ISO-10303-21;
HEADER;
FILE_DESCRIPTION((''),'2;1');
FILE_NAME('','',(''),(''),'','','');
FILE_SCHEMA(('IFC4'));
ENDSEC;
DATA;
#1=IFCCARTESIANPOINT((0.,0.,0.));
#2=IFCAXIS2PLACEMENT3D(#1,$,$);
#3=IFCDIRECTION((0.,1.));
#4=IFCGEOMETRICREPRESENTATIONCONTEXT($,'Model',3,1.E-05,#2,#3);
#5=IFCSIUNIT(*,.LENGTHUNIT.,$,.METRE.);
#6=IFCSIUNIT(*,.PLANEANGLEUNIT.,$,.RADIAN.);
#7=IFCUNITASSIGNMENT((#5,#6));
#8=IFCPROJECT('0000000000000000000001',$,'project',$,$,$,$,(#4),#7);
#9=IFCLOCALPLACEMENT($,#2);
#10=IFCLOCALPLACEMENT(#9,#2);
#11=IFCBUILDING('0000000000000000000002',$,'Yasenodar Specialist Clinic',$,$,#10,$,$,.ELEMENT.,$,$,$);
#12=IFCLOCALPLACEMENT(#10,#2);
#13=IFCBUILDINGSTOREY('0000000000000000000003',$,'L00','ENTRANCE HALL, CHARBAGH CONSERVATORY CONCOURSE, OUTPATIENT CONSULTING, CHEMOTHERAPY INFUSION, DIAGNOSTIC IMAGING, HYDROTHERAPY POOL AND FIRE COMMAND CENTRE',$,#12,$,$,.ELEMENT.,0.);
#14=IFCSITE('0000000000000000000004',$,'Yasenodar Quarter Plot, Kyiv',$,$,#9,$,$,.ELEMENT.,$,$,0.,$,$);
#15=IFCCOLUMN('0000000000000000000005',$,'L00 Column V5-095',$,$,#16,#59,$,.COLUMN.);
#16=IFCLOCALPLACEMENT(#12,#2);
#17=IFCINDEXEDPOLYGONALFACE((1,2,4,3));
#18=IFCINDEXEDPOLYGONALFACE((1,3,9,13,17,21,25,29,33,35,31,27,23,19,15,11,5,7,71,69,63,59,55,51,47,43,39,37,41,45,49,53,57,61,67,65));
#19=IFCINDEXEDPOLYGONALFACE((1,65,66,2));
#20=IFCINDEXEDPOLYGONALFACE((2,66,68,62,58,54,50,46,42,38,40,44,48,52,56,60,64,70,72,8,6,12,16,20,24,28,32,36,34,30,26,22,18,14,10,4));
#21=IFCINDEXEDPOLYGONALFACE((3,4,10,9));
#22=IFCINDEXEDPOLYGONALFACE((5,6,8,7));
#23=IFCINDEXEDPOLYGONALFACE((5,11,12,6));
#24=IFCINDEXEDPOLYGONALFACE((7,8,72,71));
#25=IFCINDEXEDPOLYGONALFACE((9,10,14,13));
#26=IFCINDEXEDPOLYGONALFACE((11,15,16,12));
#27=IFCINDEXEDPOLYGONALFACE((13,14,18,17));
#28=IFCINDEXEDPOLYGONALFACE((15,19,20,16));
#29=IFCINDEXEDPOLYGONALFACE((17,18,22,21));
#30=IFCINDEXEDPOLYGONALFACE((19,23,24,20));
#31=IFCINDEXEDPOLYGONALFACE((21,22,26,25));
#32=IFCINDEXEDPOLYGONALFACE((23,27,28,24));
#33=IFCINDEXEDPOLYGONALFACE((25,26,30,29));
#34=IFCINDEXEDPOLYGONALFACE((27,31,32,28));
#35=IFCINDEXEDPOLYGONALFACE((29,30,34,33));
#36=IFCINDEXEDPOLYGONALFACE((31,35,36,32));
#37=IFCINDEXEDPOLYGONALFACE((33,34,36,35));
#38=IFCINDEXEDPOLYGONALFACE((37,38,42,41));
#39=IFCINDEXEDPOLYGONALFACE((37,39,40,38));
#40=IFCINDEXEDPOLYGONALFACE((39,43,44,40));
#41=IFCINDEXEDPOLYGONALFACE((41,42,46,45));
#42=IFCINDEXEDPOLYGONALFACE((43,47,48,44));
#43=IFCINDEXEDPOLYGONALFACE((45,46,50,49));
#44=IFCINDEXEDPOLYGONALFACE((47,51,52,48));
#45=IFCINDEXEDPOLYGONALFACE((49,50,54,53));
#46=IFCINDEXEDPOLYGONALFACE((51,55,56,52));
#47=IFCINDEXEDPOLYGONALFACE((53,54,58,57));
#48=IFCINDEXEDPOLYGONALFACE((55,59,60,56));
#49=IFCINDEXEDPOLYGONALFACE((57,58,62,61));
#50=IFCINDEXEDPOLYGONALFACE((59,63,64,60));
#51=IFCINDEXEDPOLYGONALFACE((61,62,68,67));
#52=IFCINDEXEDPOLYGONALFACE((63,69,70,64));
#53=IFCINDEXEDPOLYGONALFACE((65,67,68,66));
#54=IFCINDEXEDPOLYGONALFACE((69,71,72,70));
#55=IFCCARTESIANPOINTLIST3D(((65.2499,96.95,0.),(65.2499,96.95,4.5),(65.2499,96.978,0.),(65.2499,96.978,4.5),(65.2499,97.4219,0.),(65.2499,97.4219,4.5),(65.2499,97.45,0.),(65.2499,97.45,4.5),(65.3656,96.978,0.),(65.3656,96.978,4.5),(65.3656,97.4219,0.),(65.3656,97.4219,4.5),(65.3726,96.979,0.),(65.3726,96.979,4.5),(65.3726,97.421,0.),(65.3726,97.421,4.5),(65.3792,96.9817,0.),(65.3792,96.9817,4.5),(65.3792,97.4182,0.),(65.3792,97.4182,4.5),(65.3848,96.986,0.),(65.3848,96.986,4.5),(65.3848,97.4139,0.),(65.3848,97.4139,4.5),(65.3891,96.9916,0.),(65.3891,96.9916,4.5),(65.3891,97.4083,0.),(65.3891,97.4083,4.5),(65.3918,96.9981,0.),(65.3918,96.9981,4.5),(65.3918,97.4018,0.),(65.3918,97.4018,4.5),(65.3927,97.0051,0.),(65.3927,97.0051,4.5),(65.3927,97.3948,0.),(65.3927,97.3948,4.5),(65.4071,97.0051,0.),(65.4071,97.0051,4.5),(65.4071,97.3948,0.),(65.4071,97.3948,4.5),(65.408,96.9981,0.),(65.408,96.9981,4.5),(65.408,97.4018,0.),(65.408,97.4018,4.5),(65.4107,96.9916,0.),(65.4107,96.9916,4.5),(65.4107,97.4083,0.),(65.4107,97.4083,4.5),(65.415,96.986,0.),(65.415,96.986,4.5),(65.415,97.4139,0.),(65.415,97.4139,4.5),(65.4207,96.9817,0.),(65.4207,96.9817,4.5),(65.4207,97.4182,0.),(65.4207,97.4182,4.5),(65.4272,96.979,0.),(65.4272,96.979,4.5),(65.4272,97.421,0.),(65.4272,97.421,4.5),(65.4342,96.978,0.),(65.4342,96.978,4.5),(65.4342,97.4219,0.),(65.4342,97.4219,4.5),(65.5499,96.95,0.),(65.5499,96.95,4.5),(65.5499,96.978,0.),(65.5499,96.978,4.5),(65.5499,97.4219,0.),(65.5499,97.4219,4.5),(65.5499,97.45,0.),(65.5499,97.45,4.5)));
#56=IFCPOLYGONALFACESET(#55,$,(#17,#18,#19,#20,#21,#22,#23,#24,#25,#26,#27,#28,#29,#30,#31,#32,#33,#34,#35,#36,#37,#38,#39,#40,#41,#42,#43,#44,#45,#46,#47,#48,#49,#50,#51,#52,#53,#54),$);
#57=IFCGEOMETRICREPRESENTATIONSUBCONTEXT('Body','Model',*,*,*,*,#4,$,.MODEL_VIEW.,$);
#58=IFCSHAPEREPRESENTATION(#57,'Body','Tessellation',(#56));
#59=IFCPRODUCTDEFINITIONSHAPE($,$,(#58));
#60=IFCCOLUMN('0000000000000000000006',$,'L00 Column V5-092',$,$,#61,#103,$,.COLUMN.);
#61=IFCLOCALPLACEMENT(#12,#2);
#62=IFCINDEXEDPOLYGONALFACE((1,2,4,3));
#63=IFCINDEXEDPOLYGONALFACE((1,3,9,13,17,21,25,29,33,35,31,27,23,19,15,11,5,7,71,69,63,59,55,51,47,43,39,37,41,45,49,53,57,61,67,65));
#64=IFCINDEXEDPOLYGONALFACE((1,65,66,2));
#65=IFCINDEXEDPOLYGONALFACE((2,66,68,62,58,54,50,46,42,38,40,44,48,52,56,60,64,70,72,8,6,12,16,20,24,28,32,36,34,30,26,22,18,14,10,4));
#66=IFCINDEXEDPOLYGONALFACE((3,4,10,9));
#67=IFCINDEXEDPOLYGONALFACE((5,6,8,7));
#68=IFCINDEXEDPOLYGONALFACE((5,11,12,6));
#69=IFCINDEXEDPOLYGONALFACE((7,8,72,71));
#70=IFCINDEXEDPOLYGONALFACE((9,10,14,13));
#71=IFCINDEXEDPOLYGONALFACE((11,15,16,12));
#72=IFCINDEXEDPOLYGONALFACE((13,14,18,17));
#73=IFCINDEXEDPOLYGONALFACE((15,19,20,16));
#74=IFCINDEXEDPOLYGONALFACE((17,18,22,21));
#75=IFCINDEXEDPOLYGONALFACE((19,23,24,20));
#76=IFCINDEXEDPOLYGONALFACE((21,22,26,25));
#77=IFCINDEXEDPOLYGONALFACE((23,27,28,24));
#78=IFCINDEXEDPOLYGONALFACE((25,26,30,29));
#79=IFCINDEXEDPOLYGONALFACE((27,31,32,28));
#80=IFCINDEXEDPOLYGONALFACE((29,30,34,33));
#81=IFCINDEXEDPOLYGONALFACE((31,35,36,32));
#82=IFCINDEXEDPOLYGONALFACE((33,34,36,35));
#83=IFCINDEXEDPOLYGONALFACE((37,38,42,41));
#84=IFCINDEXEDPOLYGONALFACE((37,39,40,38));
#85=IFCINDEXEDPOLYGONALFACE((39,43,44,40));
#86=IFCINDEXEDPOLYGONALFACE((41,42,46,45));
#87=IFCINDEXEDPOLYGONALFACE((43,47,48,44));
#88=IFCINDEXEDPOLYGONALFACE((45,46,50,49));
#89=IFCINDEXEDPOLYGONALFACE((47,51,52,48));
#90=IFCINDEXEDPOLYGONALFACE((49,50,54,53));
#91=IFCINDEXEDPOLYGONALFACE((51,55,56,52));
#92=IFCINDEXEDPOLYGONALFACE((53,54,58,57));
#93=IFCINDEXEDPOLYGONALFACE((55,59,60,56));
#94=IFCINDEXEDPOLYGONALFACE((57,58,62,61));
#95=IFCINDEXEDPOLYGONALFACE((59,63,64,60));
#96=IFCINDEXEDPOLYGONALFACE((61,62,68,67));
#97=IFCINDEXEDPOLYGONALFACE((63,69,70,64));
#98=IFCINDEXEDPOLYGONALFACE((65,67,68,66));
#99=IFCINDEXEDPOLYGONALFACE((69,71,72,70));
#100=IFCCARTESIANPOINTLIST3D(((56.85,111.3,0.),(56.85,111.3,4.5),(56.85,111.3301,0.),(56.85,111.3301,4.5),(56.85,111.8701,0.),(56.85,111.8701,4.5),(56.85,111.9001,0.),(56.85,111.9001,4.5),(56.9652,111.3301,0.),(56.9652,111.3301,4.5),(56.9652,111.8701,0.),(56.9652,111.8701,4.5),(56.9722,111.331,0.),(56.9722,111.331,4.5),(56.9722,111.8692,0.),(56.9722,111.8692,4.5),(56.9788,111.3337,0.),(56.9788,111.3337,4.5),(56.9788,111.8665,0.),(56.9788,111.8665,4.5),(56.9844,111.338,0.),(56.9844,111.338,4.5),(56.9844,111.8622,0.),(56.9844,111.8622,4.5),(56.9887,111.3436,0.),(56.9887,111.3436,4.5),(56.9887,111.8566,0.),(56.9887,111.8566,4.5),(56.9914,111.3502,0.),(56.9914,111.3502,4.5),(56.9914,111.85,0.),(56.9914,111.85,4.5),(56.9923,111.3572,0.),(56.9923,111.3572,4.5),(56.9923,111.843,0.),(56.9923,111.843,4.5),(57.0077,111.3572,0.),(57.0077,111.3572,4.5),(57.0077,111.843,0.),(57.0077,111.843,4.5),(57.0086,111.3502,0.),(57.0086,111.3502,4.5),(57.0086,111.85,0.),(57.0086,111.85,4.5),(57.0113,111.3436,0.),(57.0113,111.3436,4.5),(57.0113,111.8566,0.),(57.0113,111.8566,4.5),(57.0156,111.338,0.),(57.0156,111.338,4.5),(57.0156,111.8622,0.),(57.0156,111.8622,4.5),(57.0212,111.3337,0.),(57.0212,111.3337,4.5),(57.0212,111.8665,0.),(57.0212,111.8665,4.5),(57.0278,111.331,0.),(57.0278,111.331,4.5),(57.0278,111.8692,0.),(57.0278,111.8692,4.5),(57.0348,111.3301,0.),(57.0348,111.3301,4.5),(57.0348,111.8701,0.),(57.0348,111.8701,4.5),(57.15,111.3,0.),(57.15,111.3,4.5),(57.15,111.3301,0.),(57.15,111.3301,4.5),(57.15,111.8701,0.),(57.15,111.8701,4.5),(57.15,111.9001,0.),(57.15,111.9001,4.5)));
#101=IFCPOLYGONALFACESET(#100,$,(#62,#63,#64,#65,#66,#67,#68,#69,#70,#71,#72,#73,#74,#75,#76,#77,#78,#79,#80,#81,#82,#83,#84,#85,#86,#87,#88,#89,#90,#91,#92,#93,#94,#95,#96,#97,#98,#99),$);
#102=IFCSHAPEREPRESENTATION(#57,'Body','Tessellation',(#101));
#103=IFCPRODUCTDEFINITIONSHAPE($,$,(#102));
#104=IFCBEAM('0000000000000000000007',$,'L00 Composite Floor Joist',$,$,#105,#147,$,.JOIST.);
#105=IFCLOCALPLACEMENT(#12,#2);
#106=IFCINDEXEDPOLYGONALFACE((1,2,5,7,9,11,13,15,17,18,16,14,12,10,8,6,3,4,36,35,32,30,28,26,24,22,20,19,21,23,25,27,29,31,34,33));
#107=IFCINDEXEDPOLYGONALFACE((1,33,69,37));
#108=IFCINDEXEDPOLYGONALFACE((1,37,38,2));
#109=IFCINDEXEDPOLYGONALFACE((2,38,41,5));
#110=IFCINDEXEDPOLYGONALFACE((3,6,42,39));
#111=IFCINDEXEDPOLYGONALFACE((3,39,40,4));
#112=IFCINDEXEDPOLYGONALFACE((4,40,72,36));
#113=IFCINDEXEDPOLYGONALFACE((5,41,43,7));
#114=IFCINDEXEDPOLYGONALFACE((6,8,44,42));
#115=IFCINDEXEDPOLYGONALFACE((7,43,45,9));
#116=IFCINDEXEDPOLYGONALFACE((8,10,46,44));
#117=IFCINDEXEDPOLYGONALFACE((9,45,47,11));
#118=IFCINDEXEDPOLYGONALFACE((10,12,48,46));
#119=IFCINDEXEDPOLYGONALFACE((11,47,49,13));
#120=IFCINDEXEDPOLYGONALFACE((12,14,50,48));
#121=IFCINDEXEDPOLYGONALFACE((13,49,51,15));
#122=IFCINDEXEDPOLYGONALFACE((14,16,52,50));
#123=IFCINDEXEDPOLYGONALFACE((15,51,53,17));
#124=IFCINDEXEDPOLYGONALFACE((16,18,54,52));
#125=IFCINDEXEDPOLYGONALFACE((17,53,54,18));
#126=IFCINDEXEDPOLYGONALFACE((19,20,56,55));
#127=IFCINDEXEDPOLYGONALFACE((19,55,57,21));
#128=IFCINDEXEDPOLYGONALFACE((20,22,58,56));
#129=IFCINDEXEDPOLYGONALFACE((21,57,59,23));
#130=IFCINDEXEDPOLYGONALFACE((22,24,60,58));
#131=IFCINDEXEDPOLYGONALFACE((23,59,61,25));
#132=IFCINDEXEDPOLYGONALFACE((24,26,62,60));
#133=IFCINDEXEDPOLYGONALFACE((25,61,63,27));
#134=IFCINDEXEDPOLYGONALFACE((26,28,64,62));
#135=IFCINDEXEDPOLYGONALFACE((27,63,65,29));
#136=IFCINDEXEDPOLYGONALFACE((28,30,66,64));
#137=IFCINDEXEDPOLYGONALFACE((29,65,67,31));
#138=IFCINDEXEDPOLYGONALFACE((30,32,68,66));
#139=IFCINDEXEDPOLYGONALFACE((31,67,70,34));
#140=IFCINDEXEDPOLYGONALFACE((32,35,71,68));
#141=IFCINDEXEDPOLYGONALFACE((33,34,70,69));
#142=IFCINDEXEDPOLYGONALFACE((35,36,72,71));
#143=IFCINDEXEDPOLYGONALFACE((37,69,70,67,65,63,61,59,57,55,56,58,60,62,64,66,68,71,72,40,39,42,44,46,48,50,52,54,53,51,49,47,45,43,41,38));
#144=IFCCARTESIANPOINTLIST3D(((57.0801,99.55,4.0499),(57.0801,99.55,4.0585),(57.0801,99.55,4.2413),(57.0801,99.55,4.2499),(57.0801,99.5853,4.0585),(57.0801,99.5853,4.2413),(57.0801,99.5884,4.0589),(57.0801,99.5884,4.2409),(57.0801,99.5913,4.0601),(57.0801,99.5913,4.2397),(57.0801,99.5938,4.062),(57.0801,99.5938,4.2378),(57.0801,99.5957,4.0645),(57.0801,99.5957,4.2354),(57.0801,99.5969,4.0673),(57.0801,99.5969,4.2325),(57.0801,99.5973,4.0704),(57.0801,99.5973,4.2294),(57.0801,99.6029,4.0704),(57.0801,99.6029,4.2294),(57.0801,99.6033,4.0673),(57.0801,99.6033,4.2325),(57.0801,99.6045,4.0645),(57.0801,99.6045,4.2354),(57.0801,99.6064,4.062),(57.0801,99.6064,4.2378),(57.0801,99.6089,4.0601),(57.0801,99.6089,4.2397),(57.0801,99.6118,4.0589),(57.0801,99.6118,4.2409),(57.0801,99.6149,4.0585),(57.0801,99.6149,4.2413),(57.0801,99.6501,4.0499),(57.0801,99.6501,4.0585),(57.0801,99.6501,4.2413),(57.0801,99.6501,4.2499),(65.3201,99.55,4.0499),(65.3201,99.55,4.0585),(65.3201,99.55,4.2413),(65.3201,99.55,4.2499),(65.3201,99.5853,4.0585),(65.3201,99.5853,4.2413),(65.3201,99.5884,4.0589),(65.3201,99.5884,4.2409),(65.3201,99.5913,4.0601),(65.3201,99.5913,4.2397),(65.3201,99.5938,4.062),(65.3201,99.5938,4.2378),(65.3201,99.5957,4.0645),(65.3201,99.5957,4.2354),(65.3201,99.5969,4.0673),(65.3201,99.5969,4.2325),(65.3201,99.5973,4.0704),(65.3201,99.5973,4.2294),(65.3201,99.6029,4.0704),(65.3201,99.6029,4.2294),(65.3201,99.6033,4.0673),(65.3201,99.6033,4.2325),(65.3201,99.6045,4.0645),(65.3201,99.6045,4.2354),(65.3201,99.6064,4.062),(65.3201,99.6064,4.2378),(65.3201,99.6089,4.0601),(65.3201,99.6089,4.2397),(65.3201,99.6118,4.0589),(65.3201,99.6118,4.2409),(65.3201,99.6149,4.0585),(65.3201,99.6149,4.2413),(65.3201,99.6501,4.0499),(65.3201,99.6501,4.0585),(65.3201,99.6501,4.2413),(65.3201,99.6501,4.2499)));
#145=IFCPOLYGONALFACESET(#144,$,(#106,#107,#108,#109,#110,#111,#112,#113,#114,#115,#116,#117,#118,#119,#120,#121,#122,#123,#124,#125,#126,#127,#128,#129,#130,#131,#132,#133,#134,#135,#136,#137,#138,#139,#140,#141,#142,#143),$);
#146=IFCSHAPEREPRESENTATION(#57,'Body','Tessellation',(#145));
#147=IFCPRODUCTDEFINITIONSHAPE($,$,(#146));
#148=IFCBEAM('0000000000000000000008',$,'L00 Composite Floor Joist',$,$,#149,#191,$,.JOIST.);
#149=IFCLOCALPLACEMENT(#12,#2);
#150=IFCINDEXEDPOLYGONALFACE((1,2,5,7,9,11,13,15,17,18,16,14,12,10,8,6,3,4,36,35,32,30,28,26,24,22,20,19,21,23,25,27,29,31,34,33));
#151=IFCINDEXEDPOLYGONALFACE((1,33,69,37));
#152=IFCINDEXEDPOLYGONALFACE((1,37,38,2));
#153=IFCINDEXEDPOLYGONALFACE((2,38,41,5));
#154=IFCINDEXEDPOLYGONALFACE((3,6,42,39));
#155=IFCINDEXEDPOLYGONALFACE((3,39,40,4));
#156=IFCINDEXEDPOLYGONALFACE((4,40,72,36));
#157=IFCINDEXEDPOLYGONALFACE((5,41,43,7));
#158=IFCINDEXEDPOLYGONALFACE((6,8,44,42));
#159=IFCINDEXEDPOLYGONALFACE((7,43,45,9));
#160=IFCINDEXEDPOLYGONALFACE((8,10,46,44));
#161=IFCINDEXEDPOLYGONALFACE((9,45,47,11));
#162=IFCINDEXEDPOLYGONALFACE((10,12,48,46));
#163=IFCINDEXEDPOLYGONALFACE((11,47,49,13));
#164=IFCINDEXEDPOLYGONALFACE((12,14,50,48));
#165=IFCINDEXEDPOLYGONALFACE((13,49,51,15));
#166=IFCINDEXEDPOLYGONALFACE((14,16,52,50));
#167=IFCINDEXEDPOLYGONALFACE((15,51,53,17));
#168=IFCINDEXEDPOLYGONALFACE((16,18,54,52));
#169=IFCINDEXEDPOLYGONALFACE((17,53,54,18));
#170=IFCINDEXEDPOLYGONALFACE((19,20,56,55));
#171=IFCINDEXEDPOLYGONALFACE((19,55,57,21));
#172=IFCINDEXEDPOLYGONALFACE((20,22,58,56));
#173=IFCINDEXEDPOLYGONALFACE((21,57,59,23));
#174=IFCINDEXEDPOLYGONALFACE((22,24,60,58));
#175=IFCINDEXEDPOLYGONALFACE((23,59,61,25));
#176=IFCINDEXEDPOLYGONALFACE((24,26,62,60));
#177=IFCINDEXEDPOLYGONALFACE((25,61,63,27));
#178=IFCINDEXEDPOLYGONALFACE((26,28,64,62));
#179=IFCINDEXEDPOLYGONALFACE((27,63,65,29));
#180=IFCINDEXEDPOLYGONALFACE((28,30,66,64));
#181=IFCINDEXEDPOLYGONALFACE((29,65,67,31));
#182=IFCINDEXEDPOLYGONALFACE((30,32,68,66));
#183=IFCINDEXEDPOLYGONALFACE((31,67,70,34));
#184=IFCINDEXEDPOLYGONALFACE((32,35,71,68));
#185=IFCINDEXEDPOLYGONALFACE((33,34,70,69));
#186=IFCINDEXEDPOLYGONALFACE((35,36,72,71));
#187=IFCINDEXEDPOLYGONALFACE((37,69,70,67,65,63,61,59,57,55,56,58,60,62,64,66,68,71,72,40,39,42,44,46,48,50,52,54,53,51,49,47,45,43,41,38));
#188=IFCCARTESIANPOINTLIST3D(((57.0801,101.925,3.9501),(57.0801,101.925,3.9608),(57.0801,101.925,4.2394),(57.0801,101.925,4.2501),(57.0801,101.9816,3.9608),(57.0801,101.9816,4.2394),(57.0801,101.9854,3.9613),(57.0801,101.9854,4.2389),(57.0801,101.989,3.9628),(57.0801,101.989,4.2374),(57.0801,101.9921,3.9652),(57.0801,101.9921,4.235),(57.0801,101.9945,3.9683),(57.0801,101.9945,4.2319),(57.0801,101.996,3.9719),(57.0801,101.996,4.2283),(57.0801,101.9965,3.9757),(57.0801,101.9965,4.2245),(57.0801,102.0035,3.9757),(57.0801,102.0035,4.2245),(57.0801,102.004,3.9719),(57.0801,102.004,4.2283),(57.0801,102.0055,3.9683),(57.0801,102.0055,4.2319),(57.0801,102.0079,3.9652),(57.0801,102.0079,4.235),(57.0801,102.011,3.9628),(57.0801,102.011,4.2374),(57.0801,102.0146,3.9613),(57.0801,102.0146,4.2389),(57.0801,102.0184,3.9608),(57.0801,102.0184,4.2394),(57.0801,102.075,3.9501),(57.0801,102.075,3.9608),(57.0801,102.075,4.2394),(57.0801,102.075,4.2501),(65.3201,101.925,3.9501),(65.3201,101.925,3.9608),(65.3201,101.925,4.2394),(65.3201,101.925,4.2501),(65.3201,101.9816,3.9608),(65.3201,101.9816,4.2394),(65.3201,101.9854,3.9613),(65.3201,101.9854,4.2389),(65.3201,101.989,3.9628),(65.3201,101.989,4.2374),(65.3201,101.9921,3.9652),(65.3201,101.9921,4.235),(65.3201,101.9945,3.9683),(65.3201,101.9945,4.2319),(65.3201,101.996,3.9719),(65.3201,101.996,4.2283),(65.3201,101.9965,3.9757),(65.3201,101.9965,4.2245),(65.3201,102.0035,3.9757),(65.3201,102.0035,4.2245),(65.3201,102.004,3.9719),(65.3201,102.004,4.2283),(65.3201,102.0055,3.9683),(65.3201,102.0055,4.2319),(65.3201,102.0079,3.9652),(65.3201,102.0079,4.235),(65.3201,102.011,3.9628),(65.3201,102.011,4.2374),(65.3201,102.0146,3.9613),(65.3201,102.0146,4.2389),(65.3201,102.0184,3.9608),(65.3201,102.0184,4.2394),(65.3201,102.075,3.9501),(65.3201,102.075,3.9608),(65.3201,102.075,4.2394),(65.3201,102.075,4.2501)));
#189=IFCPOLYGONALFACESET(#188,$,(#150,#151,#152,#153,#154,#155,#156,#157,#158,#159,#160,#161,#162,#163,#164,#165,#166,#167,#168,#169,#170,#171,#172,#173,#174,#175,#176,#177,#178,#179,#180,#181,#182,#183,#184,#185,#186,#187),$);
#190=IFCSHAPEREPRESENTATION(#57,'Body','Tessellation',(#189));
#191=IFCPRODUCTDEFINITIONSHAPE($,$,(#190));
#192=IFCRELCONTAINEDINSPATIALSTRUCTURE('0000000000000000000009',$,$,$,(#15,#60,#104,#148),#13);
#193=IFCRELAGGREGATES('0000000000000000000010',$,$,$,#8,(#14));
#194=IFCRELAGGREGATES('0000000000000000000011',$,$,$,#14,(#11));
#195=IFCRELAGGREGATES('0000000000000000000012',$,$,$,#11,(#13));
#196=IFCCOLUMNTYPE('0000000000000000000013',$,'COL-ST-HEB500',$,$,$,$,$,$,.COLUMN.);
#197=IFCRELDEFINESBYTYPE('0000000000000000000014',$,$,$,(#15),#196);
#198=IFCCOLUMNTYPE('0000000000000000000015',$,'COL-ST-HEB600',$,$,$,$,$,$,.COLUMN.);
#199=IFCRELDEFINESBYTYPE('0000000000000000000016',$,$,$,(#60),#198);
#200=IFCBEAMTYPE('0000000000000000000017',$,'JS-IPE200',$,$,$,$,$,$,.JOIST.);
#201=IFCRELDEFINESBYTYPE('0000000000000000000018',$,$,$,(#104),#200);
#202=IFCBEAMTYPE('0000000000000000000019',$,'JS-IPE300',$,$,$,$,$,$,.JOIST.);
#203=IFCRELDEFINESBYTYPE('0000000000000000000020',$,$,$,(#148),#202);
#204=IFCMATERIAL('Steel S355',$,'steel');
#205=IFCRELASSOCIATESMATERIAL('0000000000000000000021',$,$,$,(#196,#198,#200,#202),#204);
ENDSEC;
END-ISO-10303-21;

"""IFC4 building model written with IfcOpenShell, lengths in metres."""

from ifc_helpers import new_model, si_unit, direction, frame, origin, origin_2d, place, context, subcontext, project, spatial, i_section, extrude, material, material_profile, profile_set, type_object, element, save


model = new_model("IFC4")

# Units and contexts
model_context = context("Model", 3, precision=1e-05, world=origin(), true_north=direction((0.0, 1.0)))
body_context = subcontext(model_context, "Body", "Model", "MODEL_VIEW")
ifc_project = project(units=[si_unit("LENGTHUNIT", "METRE"), si_unit("PLANEANGLEUNIT", "RADIAN")], contexts=[model_context])

# Site, building, storey
site_placement = place(None, origin())
site = spatial("IfcSite", under=ifc_project, at=site_placement, Name="Yasenodar Quarter Plot, Kyiv", CompositionType="ELEMENT", RefElevation=0.0)
building_placement = place(site_placement, origin())
building = spatial("IfcBuilding", under=site, at=building_placement, Name="Yasenodar Specialist Clinic", CompositionType="ELEMENT")
storey_placement = place(building_placement, origin())
storey = spatial("IfcBuildingStorey", under=building, at=storey_placement, Name="L00", Description="ENTRANCE HALL, CHARBAGH CONSERVATORY CONCOURSE, OUTPATIENT CONSULTING, CHEMOTHERAPY INFUSION, DIAGNOSTIC IMAGING, HYDROTHERAPY POOL AND FIRE COMMAND CENTRE", CompositionType="ELEMENT", Elevation=0.0)

# Columns
ifc_material_1 = material(Name="Steel S355", Category="steel")
ifc_material_profile_1 = material_profile(ifc_material_1, i_section(OverallWidth=0.3, OverallDepth=0.5, WebThickness=0.0144, FlangeThickness=0.0281, FilletRadius=0.0271, at=origin_2d()), Name="HEB 500")
ifc_profile_set_1 = profile_set([ifc_material_profile_1], Name="Steel S355")
column_type_1 = type_object("IfcColumnType", Name="COL-ST-HEB500", PredefinedType="COLUMN", material=ifc_profile_set_1)
column_1_placement = place(storey_placement, frame((65.3999, 97.2, 0.0), z_axis=(0.0, 0.0, 1.0), x_axis=(1.0, 0.0, 0.0)))
element("IfcColumn", 1, at=column_1_placement, inside=storey, type_object=column_type_1, Name="L00 Column V5-095", PredefinedType="COLUMN", context=body_context, shape_type="SweptSolid", body=[
    extrude(i_section(OverallWidth=0.3, OverallDepth=0.5, WebThickness=0.0144, FlangeThickness=0.0281, FilletRadius=0.0271, at=origin_2d()), origin(), (0.0, 0.0, 1.0), 4.5),
])
ifc_material_profile_2 = material_profile(ifc_material_1, i_section(OverallWidth=0.3, OverallDepth=0.6001, WebThickness=0.0154, FlangeThickness=0.03, FilletRadius=0.0271, at=origin_2d()), Name="HEB 600")
ifc_profile_set_2 = profile_set([ifc_material_profile_2], Name="Steel S355")
column_type_2 = type_object("IfcColumnType", Name="COL-ST-HEB600", PredefinedType="COLUMN", material=ifc_profile_set_2)
column_2_placement = place(storey_placement, frame((57.0, 111.6001, 0.0), z_axis=(0.0, 0.0, 1.0), x_axis=(1.0, 0.0, 0.0)))
element("IfcColumn", 2, at=column_2_placement, inside=storey, type_object=column_type_2, Name="L00 Column V5-092", PredefinedType="COLUMN", context=body_context, shape_type="SweptSolid", body=[
    extrude(i_section(OverallWidth=0.3, OverallDepth=0.6001, WebThickness=0.0154, FlangeThickness=0.03, FilletRadius=0.0271, at=origin_2d()), origin(), (0.0, 0.0, 1.0), 4.5),
])

# Beams
ifc_material_profile_3 = material_profile(ifc_material_1, i_section(OverallWidth=0.1001, OverallDepth=0.2, WebThickness=0.0056, FlangeThickness=0.0085, FilletRadius=0.012, at=origin_2d()), Name="IPE 200")
ifc_profile_set_3 = profile_set([ifc_material_profile_3], Name="Steel S355")
beam_type_1 = type_object("IfcBeamType", Name="JS-IPE200", PredefinedType="JOIST", material=ifc_profile_set_3)
beam_1_placement = place(storey_placement, frame((57.0801, 99.6001, 4.1499), z_axis=(1.0, 0.0, 0.0), x_axis=(0.0, 1.0, 0.0)))
element("IfcBeam", 3, at=beam_1_placement, inside=storey, type_object=beam_type_1, Name="L00 Composite Floor Joist", PredefinedType="JOIST", context=body_context, shape_type="SweptSolid", body=[
    extrude(i_section(OverallWidth=0.1001, OverallDepth=0.2, WebThickness=0.0056, FlangeThickness=0.0085, FilletRadius=0.012, at=origin_2d()), origin(), (0.0, 0.0, 1.0), 8.24),
])
ifc_material_profile_4 = material_profile(ifc_material_1, i_section(OverallWidth=0.1499, OverallDepth=0.3, WebThickness=0.0071, FlangeThickness=0.0107, FilletRadius=0.0149, at=origin_2d()), Name="IPE 300")
ifc_profile_set_4 = profile_set([ifc_material_profile_4], Name="Steel S355")
beam_type_2 = type_object("IfcBeamType", Name="JS-IPE300", PredefinedType="JOIST", material=ifc_profile_set_4)
beam_2_placement = place(storey_placement, frame((57.0801, 102.0, 4.1001), z_axis=(1.0, 0.0, 0.0), x_axis=(0.0, 1.0, 0.0)))
element("IfcBeam", 4, at=beam_2_placement, inside=storey, type_object=beam_type_2, Name="L00 Composite Floor Joist", PredefinedType="JOIST", context=body_context, shape_type="SweptSolid", body=[
    extrude(i_section(OverallWidth=0.1499, OverallDepth=0.3, WebThickness=0.0071, FlangeThickness=0.0107, FilletRadius=0.0149, at=origin_2d()), origin(), (0.0, 0.0, 1.0), 8.24),
])

save(model, "model.ifc")
